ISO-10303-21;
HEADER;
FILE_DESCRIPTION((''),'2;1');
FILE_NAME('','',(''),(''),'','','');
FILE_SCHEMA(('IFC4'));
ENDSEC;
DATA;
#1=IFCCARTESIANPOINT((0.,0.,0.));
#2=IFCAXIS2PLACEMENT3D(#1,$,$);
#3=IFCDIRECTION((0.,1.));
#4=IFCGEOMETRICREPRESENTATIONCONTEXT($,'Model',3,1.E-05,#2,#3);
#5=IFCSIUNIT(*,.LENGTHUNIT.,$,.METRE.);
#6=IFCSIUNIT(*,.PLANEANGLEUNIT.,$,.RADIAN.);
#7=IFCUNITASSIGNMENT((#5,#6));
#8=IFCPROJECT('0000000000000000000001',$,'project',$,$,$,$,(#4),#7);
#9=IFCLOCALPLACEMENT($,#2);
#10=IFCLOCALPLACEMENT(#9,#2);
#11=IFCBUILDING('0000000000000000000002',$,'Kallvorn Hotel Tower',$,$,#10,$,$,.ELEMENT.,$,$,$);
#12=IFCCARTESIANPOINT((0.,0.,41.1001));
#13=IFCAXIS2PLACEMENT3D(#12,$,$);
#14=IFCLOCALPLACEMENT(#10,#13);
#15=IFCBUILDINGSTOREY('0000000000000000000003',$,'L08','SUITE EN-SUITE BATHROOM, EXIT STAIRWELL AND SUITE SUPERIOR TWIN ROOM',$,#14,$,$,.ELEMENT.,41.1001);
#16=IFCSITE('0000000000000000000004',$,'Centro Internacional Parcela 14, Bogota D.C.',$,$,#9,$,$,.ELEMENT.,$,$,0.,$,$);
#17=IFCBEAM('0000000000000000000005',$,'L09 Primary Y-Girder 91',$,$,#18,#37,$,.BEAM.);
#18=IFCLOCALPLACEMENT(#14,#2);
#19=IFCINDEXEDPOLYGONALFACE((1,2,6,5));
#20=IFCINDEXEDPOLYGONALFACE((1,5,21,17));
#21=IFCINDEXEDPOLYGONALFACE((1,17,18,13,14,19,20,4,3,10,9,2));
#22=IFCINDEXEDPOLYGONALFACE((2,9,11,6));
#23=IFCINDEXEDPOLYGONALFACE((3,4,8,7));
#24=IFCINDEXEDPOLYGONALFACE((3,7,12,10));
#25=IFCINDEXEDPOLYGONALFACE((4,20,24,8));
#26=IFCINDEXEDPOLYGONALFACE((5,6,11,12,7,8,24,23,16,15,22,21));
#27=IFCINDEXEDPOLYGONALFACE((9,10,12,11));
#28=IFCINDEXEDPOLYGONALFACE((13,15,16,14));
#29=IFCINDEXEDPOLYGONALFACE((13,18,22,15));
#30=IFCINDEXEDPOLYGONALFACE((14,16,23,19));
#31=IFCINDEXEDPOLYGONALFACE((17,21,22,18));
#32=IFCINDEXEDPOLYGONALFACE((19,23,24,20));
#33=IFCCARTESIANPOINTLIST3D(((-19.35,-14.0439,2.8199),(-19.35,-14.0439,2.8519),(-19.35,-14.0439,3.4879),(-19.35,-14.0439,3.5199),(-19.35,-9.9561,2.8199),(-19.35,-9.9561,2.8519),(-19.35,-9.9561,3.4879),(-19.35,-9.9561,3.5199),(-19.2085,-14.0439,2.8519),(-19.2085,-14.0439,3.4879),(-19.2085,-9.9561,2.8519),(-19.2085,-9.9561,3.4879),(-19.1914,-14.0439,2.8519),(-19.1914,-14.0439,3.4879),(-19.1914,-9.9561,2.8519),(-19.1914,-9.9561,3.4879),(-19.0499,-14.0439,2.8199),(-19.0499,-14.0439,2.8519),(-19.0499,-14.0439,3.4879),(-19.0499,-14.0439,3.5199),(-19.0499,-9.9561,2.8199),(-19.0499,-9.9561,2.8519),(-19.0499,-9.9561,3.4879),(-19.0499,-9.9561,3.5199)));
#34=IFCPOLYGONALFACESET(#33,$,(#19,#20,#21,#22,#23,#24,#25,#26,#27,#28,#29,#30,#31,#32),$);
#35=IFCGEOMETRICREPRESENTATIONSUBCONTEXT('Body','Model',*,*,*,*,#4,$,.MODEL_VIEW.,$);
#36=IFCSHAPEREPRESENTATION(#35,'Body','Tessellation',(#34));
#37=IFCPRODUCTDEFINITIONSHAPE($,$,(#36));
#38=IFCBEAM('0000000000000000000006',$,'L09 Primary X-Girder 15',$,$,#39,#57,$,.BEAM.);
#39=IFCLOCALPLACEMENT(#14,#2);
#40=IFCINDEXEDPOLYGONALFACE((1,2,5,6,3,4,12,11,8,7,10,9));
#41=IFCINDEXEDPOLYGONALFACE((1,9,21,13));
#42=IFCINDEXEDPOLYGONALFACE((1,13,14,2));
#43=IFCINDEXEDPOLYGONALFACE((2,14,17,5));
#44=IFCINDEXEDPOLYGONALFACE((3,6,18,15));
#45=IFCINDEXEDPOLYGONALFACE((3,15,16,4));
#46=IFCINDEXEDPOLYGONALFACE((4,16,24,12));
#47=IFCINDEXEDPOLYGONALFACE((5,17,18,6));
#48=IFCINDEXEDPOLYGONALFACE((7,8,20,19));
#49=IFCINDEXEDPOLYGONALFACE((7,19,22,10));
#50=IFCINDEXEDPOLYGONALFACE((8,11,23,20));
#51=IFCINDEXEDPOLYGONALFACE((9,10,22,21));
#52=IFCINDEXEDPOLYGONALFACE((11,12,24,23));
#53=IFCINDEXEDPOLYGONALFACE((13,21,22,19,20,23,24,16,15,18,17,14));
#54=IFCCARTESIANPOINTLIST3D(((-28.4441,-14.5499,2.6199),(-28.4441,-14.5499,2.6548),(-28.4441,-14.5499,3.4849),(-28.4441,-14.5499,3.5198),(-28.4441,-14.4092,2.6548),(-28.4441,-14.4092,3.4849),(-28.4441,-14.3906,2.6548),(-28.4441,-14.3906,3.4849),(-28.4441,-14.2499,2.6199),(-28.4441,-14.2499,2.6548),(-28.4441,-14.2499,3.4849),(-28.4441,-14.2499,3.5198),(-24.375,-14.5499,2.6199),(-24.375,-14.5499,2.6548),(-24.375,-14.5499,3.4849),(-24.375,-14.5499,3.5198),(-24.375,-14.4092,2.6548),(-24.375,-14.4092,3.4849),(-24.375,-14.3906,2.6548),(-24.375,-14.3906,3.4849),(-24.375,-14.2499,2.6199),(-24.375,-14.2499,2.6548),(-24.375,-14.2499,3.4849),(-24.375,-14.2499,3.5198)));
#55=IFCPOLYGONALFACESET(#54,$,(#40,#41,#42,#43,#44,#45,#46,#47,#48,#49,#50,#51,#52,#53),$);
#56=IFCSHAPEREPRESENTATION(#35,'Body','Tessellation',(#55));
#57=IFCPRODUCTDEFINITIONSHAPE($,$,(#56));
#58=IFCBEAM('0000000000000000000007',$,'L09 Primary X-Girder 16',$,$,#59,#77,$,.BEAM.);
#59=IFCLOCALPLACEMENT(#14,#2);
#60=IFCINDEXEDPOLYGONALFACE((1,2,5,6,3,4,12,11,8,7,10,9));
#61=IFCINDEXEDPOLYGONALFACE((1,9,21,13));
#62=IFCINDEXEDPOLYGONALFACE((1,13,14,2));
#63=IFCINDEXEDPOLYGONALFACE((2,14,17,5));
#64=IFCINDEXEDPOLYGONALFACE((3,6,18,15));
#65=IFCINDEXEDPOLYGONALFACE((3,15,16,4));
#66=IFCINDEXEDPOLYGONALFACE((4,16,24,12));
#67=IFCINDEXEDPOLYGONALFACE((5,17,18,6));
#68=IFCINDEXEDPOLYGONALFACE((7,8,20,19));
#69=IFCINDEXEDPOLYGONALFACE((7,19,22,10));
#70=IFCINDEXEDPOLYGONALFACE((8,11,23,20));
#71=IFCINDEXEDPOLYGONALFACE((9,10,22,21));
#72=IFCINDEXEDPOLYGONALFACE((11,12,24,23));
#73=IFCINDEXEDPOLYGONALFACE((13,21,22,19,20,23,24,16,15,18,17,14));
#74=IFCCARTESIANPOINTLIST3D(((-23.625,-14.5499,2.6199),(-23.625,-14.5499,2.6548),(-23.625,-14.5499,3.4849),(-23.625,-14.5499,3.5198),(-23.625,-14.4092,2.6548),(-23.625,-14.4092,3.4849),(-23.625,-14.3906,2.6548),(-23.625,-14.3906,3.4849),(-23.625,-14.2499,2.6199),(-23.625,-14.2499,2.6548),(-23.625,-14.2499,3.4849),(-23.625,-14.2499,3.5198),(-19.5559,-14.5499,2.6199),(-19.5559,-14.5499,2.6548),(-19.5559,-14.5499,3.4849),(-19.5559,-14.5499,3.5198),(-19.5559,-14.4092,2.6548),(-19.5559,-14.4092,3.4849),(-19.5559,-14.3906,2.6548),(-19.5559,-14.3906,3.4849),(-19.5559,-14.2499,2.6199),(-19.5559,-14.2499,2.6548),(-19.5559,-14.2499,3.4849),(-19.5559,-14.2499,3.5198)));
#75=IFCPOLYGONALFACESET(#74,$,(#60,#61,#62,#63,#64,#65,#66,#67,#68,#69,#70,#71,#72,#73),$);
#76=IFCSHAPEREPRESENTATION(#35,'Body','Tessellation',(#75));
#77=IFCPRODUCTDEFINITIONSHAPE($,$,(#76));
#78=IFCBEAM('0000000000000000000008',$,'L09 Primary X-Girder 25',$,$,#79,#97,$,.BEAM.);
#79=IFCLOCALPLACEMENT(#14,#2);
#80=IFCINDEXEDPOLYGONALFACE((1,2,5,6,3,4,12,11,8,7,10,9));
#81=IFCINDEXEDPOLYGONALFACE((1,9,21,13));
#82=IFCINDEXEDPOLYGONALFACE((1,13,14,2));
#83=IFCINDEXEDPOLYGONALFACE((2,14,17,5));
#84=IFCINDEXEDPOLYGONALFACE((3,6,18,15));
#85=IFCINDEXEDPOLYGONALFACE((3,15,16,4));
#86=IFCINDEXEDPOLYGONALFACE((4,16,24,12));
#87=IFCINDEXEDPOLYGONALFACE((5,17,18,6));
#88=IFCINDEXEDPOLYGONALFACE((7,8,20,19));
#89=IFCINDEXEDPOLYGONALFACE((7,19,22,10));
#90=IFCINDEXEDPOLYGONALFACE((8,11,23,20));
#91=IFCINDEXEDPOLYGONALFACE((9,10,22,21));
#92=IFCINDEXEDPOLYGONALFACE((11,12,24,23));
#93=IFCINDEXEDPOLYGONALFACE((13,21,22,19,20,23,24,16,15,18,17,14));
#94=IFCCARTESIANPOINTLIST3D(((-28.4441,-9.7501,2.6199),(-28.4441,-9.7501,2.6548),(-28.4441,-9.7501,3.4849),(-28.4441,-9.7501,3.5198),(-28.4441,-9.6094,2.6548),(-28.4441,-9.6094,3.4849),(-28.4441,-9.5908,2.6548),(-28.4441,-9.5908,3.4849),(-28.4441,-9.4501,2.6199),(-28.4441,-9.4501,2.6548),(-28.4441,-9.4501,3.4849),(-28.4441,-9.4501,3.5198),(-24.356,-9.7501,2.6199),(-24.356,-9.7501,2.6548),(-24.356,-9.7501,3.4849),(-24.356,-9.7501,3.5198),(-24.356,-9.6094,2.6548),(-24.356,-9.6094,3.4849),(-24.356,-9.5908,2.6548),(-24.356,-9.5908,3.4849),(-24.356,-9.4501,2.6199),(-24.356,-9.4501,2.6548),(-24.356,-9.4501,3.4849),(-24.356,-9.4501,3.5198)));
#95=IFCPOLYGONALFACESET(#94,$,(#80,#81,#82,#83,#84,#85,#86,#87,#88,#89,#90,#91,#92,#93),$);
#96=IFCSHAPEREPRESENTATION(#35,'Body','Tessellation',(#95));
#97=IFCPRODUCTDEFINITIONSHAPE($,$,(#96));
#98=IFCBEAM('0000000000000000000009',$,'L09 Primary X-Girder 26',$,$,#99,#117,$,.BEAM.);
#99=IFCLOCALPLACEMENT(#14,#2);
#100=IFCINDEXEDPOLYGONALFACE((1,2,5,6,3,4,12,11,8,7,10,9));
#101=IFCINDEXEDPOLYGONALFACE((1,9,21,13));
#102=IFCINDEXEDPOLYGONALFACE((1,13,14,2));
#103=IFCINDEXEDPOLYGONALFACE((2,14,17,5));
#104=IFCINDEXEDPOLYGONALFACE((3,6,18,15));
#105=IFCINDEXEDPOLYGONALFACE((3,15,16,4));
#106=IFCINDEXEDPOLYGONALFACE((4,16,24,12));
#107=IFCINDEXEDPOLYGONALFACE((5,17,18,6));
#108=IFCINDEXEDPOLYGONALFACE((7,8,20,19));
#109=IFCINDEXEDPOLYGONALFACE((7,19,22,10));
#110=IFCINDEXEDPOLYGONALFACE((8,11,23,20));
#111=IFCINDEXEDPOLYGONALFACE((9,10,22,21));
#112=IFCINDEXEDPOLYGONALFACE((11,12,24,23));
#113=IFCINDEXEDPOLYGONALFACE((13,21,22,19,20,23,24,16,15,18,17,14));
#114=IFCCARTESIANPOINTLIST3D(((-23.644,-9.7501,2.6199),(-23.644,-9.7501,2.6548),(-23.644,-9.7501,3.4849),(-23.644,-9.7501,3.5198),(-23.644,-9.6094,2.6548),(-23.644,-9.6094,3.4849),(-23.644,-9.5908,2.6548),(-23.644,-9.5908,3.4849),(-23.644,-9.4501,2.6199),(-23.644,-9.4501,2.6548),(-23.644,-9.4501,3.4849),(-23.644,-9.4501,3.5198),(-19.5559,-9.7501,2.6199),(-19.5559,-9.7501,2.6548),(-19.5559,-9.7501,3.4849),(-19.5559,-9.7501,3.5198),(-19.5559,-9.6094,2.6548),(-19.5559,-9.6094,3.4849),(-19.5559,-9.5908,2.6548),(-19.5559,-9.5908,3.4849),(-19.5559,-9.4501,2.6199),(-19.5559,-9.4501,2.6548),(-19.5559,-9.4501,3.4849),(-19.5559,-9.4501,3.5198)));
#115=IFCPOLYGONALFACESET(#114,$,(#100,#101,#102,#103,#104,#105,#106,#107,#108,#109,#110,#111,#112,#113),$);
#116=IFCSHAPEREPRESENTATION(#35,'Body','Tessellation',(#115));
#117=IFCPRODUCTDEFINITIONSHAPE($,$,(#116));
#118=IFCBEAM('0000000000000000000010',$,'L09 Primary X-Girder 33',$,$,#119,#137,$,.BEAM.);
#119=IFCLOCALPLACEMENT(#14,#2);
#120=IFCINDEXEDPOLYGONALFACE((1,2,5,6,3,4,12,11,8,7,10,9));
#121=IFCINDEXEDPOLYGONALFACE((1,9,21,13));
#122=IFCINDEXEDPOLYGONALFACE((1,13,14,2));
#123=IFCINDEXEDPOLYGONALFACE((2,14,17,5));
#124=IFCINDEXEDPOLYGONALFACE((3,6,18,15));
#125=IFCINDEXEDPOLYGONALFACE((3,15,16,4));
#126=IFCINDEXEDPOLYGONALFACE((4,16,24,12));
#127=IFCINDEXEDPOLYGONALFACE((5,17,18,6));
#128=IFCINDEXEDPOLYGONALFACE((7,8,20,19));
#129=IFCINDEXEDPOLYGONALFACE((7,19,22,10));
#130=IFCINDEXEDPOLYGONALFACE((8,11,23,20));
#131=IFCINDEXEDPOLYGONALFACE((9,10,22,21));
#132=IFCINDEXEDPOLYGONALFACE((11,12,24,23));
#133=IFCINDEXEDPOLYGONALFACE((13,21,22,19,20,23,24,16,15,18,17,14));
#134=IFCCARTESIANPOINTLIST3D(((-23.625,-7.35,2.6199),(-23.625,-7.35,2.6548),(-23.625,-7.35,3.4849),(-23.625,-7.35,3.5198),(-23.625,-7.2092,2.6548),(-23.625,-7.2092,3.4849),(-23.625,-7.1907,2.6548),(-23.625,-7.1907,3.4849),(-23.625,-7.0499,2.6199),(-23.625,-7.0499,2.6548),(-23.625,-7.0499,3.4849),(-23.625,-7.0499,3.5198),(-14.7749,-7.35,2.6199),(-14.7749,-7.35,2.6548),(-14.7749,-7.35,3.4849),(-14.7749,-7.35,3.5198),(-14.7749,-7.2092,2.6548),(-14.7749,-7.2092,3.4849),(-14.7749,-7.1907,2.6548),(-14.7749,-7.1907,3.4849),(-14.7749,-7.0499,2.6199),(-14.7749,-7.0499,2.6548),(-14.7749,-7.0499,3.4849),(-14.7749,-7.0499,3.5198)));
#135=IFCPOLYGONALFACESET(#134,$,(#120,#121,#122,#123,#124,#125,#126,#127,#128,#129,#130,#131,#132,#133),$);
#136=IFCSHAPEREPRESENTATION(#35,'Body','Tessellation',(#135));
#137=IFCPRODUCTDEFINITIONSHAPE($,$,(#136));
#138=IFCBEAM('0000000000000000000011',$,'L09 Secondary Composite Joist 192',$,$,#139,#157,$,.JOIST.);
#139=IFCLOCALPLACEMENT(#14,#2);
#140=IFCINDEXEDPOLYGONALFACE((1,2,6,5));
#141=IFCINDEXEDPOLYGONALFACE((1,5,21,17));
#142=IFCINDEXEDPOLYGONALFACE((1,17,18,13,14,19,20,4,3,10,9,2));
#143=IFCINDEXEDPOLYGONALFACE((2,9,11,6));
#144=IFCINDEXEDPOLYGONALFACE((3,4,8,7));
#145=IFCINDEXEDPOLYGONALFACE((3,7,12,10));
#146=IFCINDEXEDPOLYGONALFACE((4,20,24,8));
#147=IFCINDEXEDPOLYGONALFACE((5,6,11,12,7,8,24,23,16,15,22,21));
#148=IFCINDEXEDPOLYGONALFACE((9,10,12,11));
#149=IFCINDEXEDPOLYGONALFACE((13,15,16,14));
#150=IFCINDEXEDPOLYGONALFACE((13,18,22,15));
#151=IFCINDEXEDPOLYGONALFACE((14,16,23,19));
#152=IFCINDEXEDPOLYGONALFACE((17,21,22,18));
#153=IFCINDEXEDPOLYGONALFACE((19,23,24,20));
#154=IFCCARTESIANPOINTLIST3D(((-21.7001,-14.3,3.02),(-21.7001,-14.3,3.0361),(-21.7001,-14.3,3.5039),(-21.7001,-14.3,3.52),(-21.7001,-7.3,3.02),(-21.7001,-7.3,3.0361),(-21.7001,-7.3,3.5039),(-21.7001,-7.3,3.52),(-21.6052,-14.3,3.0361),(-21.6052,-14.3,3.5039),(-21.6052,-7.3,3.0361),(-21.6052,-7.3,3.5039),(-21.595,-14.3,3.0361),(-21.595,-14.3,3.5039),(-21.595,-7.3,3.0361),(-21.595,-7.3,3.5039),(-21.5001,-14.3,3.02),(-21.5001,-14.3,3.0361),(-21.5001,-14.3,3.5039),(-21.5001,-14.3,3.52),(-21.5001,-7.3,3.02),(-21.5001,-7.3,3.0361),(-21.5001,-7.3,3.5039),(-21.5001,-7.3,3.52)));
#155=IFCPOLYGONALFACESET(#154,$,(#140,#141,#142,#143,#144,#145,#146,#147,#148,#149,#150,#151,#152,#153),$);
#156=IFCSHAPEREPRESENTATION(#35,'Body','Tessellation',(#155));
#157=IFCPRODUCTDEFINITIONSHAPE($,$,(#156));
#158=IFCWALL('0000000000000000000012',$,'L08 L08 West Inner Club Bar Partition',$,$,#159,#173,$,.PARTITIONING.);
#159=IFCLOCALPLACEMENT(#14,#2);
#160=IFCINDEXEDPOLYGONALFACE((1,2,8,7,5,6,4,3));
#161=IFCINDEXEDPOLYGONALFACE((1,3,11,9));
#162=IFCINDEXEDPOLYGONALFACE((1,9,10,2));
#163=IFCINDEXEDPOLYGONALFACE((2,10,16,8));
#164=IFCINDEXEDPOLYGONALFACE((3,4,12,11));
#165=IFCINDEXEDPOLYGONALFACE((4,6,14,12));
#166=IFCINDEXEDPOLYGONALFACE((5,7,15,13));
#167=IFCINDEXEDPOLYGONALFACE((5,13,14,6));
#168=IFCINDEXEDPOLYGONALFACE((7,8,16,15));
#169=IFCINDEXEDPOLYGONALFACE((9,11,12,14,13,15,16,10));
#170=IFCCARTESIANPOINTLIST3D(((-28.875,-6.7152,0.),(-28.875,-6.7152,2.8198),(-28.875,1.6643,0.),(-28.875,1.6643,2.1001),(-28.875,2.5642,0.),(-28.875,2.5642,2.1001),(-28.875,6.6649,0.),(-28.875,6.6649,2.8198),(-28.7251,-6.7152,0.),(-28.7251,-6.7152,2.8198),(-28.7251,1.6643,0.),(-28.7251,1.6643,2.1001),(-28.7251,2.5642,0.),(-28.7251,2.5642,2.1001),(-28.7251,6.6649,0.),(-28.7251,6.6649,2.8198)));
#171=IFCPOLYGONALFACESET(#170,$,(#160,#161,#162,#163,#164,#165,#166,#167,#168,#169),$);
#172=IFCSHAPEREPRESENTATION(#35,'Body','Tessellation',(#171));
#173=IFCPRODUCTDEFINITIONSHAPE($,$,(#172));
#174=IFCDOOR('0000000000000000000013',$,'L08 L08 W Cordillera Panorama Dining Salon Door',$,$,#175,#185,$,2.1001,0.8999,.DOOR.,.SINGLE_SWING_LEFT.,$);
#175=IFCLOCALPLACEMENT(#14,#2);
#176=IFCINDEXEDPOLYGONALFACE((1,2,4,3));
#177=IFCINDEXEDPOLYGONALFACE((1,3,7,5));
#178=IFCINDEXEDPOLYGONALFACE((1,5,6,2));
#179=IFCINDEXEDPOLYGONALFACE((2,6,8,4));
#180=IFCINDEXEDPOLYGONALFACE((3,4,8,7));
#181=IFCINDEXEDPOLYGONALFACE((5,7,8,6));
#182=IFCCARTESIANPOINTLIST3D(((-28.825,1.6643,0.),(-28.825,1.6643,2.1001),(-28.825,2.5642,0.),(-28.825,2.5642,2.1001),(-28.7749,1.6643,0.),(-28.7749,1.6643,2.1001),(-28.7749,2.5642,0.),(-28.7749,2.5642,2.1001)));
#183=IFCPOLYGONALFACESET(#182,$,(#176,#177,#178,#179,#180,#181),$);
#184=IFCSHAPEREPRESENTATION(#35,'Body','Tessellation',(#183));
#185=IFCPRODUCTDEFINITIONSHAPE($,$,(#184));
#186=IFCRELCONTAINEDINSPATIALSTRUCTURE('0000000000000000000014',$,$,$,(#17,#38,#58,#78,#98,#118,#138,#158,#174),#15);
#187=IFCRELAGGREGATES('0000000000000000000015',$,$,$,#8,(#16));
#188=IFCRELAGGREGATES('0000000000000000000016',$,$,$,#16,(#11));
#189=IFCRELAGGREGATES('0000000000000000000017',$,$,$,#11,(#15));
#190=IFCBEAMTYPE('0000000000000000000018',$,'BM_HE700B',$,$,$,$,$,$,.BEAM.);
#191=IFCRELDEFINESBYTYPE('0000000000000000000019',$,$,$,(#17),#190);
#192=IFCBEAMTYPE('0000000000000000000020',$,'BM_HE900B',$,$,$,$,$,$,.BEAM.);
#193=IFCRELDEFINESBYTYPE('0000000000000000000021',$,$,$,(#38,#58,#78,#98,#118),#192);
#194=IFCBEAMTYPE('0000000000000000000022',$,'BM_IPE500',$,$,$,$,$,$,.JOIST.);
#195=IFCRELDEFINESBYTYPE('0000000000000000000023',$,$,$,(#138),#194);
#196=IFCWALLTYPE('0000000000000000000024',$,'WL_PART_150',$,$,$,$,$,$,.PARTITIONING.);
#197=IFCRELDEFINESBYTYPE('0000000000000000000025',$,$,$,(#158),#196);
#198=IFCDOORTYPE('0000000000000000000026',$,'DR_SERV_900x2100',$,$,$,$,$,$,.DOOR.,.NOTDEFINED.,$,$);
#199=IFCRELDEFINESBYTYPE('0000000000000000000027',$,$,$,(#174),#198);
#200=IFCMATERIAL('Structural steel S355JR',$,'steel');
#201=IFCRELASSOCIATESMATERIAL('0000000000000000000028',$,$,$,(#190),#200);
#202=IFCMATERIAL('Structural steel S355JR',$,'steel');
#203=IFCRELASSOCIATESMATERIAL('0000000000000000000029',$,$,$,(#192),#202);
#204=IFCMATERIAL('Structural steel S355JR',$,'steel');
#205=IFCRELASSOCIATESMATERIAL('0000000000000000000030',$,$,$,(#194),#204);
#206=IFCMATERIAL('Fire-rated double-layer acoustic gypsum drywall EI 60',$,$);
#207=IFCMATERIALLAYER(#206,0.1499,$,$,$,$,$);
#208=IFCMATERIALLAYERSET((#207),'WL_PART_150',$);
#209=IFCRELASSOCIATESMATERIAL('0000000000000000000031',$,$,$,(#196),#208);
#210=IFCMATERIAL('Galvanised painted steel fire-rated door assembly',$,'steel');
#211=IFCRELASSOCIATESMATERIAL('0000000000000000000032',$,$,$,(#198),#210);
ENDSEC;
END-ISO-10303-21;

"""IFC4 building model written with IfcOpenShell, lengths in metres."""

from ifc_helpers import new_model, si_unit, direction, frame, frame_2d, origin, origin_2d, place, context, subcontext, project, spatial, rectangle, i_section, extrude, material, layer, layer_set, material_profile, profile_set, type_object, element, fill, save


model = new_model("IFC4")

# Units and contexts
model_context = context("Model", 3, precision=1e-05, world=origin(), true_north=direction((0.0, 1.0)))
body_context = subcontext(model_context, "Body", "Model", "MODEL_VIEW")
ifc_project = project(units=[si_unit("LENGTHUNIT", "METRE"), si_unit("PLANEANGLEUNIT", "RADIAN")], contexts=[model_context])

# Site, building, storey
site_placement = place(None, origin())
site = spatial("IfcSite", under=ifc_project, at=site_placement, Name="Centro Internacional Parcela 14, Bogota D.C.", CompositionType="ELEMENT", RefElevation=0.0)
building_placement = place(site_placement, origin())
building = spatial("IfcBuilding", under=site, at=building_placement, Name="Kallvorn Hotel Tower", CompositionType="ELEMENT")
storey_placement = place(building_placement, frame((0.0, 0.0, 41.1001)))
storey = spatial("IfcBuildingStorey", under=building, at=storey_placement, Name="L08", Description="SUITE EN-SUITE BATHROOM, EXIT STAIRWELL AND SUITE SUPERIOR TWIN ROOM", CompositionType="ELEMENT", Elevation=41.1001)

# Beams
ifc_material_1 = material(Name="Structural steel S355JR", Category="steel")
ifc_material_profile_1 = material_profile(ifc_material_1, i_section(OverallWidth=0.3, OverallDepth=0.7, WebThickness=0.0171, FlangeThickness=0.032, at=origin_2d()), Name="HE 700 B")
ifc_profile_set_1 = profile_set([ifc_material_profile_1], Name="Structural steel S355JR")
beam_type_1 = type_object("IfcBeamType", Name="BM_HE700B", PredefinedType="BEAM", material=ifc_profile_set_1)
beam_1_placement = place(storey_placement, frame((-19.2, -14.0439, 3.1699), z_axis=(0.0, 1.0, 0.0), x_axis=(-1.0, 0.0, 0.0)))
element("IfcBeam", 1, at=beam_1_placement, inside=storey, type_object=beam_type_1, Name="L09 Primary Y-Girder 91", PredefinedType="BEAM", context=body_context, shape_type="SweptSolid", body=[
    extrude(i_section(OverallWidth=0.3, OverallDepth=0.7, WebThickness=0.0171, FlangeThickness=0.032, at=origin_2d()), origin(), (0.0, 0.0, 1.0), 4.0879),
])
ifc_material_2 = material(Name="Structural steel S355JR", Category="steel")
ifc_material_profile_2 = material_profile(ifc_material_2, i_section(OverallWidth=0.3, OverallDepth=0.8999, WebThickness=0.0186, FlangeThickness=0.0349, at=origin_2d()), Name="HE 900 B")
ifc_profile_set_2 = profile_set([ifc_material_profile_2], Name="Structural steel S355JR")
beam_type_2 = type_object("IfcBeamType", Name="BM_HE900B", PredefinedType="BEAM", material=ifc_profile_set_2)
for number, where, z_axis, x_axis, name in (
    (2, (-28.4441, -14.3999, 3.0698), (1.0, 0.0, 0.0), (0.0, 1.0, 0.0), "L09 Primary X-Girder 15"),
    (3, (-23.625, -14.3999, 3.0698), (1.0, 0.0, 0.0), (0.0, 1.0, 0.0), "L09 Primary X-Girder 16"),
):
    element("IfcBeam", number, at=place(storey_placement, frame(where, z_axis=z_axis, x_axis=x_axis)), inside=storey, type_object=beam_type_2, Name=name, PredefinedType="BEAM", context=body_context, shape_type="SweptSolid", body=[
        extrude(i_section(OverallWidth=0.3, OverallDepth=0.8999, WebThickness=0.0186, FlangeThickness=0.0349, at=origin_2d()), origin(), (0.0, 0.0, 1.0), 4.0691),
    ])
for number, where, z_axis, x_axis, name in (
    (4, (-28.4441, -9.6001, 3.0698), (1.0, 0.0, 0.0), (0.0, 1.0, 0.0), "L09 Primary X-Girder 25"),
    (5, (-23.644, -9.6001, 3.0698), (1.0, 0.0, 0.0), (0.0, 1.0, 0.0), "L09 Primary X-Girder 26"),
):
    element("IfcBeam", number, at=place(storey_placement, frame(where, z_axis=z_axis, x_axis=x_axis)), inside=storey, type_object=beam_type_2, Name=name, PredefinedType="BEAM", context=body_context, shape_type="SweptSolid", body=[
        extrude(i_section(OverallWidth=0.3, OverallDepth=0.8999, WebThickness=0.0186, FlangeThickness=0.0349, at=origin_2d()), origin(), (0.0, 0.0, 1.0), 4.0881),
    ])
beam_2_placement = place(storey_placement, frame((-23.625, -7.2, 3.0698), z_axis=(1.0, 0.0, 0.0), x_axis=(0.0, 1.0, 0.0)))
element("IfcBeam", 6, at=beam_2_placement, inside=storey, type_object=beam_type_2, Name="L09 Primary X-Girder 33", PredefinedType="BEAM", context=body_context, shape_type="SweptSolid", body=[
    extrude(i_section(OverallWidth=0.3, OverallDepth=0.8999, WebThickness=0.0186, FlangeThickness=0.0349, at=origin_2d()), origin(), (0.0, 0.0, 1.0), 8.8501),
])
ifc_material_3 = material(Name="Structural steel S355JR", Category="steel")
ifc_material_profile_3 = material_profile(ifc_material_3, i_section(OverallWidth=0.2, OverallDepth=0.5, WebThickness=0.0103, FlangeThickness=0.0161, at=origin_2d()), Name="IPE 500")
ifc_profile_set_3 = profile_set([ifc_material_profile_3], Name="Structural steel S355JR")
beam_type_3 = type_object("IfcBeamType", Name="BM_IPE500", PredefinedType="JOIST", material=ifc_profile_set_3)
beam_3_placement = place(storey_placement, frame((-21.6001, -14.3, 3.27), z_axis=(0.0, 1.0, 0.0), x_axis=(-1.0, 0.0, 0.0)))
element("IfcBeam", 7, at=beam_3_placement, inside=storey, type_object=beam_type_3, Name="L09 Secondary Composite Joist 192", PredefinedType="JOIST", context=body_context, shape_type="SweptSolid", body=[
    extrude(i_section(OverallWidth=0.2, OverallDepth=0.5, WebThickness=0.0103, FlangeThickness=0.0161, at=origin_2d()), origin(), (0.0, 0.0, 1.0), 7.0),
])

# Wall, opening, door
ifc_material_4 = material(Name="Fire-rated double-layer acoustic gypsum drywall EI 60")
ifc_layer = layer(ifc_material_4, 0.1499)
ifc_layer_set = layer_set([ifc_layer], Name="WL_PART_150")
wall_type = type_object("IfcWallType", Name="WL_PART_150", PredefinedType="PARTITIONING", material=ifc_layer_set)
wall_placement = place(storey_placement, frame((-28.8, -6.7151, 0.0), z_axis=(0.0, 0.0, 1.0), x_axis=(0.0, 1.0, 0.0)))
wall = element("IfcWall", 8, at=wall_placement, inside=storey, type_object=wall_type, Name="L08 L08 West Inner Club Bar Partition", PredefinedType="PARTITIONING", context=body_context, shape_type="SweptSolid", body=[
    extrude(rectangle(XDim=13.3801, YDim=0.1499, at=frame_2d((6.6899, 0.0))), origin(), (0.0, 0.0, 1.0), 2.8198),
])
opening_placement = place(wall_placement, frame((8.3794, 0.0, 0.0)))
opening = element("IfcOpeningElement", 9, at=opening_placement, cuts=wall, PredefinedType="OPENING", context=body_context, shape_type="SweptSolid", body=[
    extrude(rectangle(XDim=0.8999, YDim=2.1001, at=frame_2d((0.45, 1.05))), frame((0.0, 0.0898, 0.0), z_axis=(0.0, -1.0, 0.0), x_axis=(1.0, 0.0, 0.0)), (0.0, 0.0, 1.0), 0.1799),
])
ifc_material_5 = material(Name="Galvanised painted steel fire-rated door assembly", Category="steel")
door_type = type_object("IfcDoorType", Name="DR_SERV_900x2100", OperationType="NOTDEFINED", PredefinedType="DOOR", material=ifc_material_5)
door_placement = place(opening_placement, origin())
door = element("IfcDoor", 10, at=door_placement, inside=storey, type_object=door_type, Name="L08 L08 W Cordillera Panorama Dining Salon Door", OperationType="SINGLE_SWING_LEFT", OverallHeight=2.1001, OverallWidth=0.8999, PredefinedType="DOOR", context=body_context, shape_type="SweptSolid", body=[
    extrude(rectangle(XDim=0.8999, YDim=2.1001, at=frame_2d((0.45, 1.05))), frame((0.0, 0.0249, 0.0), z_axis=(0.0, -1.0, 0.0), x_axis=(1.0, 0.0, 0.0)), (0.0, 0.0, 1.0), 0.05),
])
fill(opening, door)

save(model, "model.ifc")
